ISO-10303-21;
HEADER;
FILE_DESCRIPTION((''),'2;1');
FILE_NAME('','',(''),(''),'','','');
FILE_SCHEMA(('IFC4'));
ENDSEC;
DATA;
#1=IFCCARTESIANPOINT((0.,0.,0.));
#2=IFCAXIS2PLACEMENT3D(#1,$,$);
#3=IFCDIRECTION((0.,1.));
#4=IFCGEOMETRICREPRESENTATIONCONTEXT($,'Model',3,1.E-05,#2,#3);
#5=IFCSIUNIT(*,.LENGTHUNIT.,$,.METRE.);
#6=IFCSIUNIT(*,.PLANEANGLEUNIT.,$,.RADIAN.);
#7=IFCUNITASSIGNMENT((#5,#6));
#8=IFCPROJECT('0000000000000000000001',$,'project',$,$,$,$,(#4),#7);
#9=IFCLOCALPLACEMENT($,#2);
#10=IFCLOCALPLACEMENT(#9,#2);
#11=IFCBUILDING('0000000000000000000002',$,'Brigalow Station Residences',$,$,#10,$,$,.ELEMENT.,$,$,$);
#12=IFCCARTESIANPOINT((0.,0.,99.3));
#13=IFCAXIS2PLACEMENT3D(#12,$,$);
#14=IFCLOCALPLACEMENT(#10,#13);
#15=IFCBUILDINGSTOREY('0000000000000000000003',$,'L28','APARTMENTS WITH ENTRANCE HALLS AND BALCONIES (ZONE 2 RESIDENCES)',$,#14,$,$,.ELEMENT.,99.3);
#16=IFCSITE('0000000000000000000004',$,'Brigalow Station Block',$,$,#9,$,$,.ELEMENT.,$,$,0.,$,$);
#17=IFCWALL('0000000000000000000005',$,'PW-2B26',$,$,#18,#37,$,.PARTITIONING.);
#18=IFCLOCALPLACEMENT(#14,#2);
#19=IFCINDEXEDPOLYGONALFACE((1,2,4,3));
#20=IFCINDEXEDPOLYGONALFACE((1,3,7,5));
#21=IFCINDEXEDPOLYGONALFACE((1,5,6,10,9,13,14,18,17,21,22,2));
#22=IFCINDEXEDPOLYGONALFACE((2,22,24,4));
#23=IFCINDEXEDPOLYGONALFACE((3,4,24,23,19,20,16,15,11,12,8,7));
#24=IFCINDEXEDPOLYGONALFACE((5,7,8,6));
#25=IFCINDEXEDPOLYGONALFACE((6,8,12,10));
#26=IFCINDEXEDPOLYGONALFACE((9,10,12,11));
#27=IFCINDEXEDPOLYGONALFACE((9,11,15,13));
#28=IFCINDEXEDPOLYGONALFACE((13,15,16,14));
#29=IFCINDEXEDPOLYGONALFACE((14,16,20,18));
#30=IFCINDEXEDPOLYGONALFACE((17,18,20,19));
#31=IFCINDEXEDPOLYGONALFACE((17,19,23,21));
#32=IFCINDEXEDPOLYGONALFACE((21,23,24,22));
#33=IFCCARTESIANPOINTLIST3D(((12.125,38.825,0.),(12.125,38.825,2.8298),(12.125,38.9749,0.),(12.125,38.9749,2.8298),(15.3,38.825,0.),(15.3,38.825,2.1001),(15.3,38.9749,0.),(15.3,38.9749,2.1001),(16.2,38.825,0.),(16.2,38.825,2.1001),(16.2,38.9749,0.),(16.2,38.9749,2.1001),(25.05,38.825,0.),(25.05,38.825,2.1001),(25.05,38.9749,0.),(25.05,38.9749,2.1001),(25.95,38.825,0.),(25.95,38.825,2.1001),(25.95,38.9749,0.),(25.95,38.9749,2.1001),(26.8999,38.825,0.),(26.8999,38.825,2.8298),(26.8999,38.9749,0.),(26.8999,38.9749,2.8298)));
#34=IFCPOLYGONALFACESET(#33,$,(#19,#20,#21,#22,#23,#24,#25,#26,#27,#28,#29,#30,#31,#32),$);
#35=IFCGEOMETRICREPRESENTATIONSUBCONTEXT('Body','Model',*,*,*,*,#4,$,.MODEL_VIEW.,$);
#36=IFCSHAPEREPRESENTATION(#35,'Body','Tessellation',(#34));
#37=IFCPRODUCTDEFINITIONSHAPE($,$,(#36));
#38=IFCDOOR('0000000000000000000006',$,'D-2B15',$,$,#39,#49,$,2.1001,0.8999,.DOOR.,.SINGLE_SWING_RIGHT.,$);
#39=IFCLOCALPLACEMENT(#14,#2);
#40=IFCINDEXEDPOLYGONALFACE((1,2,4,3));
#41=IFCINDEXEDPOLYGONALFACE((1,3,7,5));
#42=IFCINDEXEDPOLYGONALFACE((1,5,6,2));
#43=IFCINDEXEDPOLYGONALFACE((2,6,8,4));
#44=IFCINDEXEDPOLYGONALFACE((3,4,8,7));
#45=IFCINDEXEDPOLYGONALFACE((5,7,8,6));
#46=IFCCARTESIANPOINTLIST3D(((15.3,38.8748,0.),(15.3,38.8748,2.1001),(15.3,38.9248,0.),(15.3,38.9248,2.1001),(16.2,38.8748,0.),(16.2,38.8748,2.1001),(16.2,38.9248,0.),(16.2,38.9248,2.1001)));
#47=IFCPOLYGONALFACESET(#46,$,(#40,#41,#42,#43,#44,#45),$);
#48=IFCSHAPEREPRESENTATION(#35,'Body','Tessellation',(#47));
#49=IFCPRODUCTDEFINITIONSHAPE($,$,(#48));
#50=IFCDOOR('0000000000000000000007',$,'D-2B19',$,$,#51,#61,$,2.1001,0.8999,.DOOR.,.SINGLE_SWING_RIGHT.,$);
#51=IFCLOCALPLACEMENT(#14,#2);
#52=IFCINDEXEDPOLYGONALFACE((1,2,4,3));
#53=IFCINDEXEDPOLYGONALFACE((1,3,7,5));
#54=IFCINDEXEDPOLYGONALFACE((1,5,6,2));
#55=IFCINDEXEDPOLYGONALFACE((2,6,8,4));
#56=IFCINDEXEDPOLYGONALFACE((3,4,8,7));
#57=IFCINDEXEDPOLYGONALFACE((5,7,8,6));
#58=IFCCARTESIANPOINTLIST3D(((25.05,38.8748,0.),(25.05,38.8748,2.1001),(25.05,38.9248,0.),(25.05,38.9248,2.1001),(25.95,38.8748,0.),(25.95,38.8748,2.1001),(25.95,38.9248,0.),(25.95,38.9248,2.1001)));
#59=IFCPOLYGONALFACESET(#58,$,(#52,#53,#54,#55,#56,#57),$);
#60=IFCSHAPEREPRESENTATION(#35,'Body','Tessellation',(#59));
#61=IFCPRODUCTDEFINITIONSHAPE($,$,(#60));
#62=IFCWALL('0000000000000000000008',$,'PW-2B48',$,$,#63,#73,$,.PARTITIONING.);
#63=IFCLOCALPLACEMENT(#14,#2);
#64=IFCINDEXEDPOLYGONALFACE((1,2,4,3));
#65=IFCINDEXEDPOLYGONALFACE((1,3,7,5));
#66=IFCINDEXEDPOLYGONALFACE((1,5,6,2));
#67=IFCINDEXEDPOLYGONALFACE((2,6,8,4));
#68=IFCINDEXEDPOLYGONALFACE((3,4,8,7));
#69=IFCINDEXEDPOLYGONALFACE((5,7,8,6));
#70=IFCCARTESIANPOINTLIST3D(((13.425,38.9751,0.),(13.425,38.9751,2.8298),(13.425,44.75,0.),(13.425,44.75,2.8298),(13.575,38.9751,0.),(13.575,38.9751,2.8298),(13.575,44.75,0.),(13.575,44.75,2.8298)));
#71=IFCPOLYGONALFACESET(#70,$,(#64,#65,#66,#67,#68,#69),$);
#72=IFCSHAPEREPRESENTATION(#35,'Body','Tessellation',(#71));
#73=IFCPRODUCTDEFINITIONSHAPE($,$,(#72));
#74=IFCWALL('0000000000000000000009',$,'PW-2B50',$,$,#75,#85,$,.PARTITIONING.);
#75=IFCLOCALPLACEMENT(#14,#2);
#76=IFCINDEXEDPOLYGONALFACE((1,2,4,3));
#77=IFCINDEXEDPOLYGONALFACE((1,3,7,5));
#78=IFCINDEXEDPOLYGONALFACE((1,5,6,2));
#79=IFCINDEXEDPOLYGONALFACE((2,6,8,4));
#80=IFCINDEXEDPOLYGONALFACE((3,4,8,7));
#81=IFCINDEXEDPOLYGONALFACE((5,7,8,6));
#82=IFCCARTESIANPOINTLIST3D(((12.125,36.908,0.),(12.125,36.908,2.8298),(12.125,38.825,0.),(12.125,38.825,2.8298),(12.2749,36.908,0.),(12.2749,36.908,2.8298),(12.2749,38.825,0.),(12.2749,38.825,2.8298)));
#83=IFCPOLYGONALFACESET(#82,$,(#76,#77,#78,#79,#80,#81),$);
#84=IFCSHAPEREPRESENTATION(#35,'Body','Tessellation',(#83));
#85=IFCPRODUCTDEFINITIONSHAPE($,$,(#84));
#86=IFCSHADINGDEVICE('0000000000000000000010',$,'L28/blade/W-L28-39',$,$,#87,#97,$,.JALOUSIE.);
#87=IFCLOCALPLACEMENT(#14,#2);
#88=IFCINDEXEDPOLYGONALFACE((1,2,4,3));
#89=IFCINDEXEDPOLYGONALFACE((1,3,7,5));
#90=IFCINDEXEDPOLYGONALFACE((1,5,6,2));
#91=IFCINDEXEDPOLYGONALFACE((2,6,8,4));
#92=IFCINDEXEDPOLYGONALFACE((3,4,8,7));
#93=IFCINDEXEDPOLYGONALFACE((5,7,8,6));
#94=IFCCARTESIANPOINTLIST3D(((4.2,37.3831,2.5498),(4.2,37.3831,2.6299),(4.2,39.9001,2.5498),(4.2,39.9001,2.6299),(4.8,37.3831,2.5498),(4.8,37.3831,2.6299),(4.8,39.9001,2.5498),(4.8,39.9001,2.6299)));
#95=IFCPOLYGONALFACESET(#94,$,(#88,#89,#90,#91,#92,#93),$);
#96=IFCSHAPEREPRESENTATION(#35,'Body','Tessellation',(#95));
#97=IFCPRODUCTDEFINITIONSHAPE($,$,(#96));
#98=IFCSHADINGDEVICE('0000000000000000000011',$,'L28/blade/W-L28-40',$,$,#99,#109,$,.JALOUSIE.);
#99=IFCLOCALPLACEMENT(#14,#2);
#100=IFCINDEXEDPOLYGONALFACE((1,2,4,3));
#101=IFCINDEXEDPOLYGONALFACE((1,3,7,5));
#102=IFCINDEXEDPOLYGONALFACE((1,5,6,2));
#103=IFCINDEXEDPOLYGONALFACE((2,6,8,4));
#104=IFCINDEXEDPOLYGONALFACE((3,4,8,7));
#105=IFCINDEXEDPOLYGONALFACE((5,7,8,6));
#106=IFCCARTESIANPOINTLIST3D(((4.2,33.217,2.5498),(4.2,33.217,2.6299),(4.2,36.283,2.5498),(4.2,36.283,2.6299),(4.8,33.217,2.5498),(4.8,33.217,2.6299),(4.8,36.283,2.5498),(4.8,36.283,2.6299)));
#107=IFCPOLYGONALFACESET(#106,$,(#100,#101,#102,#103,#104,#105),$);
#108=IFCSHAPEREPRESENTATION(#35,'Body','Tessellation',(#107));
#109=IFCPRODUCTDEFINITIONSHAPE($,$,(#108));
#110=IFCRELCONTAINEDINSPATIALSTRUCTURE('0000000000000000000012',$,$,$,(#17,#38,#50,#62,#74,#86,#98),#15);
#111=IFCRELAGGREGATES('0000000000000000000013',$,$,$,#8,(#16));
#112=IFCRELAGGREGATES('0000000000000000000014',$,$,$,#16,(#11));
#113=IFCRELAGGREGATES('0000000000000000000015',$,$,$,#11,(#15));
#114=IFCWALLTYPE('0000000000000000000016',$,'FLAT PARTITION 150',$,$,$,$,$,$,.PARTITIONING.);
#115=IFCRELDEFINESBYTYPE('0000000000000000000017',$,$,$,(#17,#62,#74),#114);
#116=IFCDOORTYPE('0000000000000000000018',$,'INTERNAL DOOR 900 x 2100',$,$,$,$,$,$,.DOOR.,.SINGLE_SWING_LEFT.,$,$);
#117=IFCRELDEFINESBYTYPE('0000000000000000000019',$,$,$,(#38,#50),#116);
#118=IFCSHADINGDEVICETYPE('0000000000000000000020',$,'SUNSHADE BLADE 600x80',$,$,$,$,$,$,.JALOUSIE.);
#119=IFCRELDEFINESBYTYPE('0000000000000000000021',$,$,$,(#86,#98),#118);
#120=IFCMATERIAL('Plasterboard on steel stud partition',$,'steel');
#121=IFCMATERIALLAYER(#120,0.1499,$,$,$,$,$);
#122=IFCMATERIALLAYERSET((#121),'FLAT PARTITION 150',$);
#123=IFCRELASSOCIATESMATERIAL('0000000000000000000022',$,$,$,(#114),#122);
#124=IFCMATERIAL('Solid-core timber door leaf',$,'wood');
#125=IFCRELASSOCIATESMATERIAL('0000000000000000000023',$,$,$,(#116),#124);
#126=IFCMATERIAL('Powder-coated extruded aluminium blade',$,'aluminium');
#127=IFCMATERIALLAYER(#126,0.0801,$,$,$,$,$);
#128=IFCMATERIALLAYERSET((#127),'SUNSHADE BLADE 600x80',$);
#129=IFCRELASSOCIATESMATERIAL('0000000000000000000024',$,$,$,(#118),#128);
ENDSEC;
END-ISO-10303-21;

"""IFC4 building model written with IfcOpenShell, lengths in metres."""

from ifc_helpers import new_model, si_unit, direction, frame, frame_2d, origin, origin_2d, place, context, subcontext, project, spatial, rectangle, extrude, material, layer, layer_set, type_object, element, fill, save


model = new_model("IFC4")

# Units and contexts
model_context = context("Model", 3, precision=1e-05, world=origin(), true_north=direction((0.0, 1.0)))
body_context = subcontext(model_context, "Body", "Model", "MODEL_VIEW")
ifc_project = project(units=[si_unit("LENGTHUNIT", "METRE"), si_unit("PLANEANGLEUNIT", "RADIAN")], contexts=[model_context])

# Site, building, storey
site_placement = place(None, origin())
site = spatial("IfcSite", under=ifc_project, at=site_placement, Name="Brigalow Station Block", CompositionType="ELEMENT", RefElevation=0.0)
building_placement = place(site_placement, origin())
building = spatial("IfcBuilding", under=site, at=building_placement, Name="Brigalow Station Residences", CompositionType="ELEMENT")
storey_placement = place(building_placement, frame((0.0, 0.0, 99.3)))
storey = spatial("IfcBuildingStorey", under=building, at=storey_placement, Name="L28", Description="APARTMENTS WITH ENTRANCE HALLS AND BALCONIES (ZONE 2 RESIDENCES)", CompositionType="ELEMENT", Elevation=99.3)

# Shared definitions
ifc_material_1 = material(Name="Plasterboard on steel stud partition", Category="steel")
ifc_layer_1 = layer(ifc_material_1, 0.1499)
ifc_layer_set_1 = layer_set([ifc_layer_1], Name="FLAT PARTITION 150")
wall_type_1 = type_object("IfcWallType", Name="FLAT PARTITION 150", PredefinedType="PARTITIONING", material=ifc_layer_set_1)
ifc_material_2 = material(Name="Solid-core timber door leaf", Category="wood")
door_type = type_object("IfcDoorType", Name="INTERNAL DOOR 900 x 2100", OperationType="SINGLE_SWING_LEFT", PredefinedType="DOOR", material=ifc_material_2)

# Wall, openings, doors
wall_1_placement = place(storey_placement, frame((12.125, 38.8999, 0.0), z_axis=(0.0, 0.0, 1.0), x_axis=(1.0, 0.0, 0.0)))
wall_1 = element("IfcWall", 1, at=wall_1_placement, inside=storey, type_object=wall_type_1, Name="PW-2B26", PredefinedType="PARTITIONING", context=body_context, shape_type="SweptSolid", body=[
    extrude(rectangle(XDim=14.7749, YDim=0.1499, at=frame_2d((7.3875, 0.0))), origin(), (0.0, 0.0, 1.0), 2.8298),
])
opening_1_placement = place(wall_1_placement, frame((3.175, 0.0, 0.0)))
opening_1 = element("IfcOpeningElement", 2, at=opening_1_placement, cuts=wall_1, PredefinedType="OPENING", context=body_context, shape_type="SweptSolid", body=[
    extrude(rectangle(XDim=0.8999, YDim=2.1001, at=frame_2d((0.45, 1.05))), frame((0.0, 0.085, 0.0), z_axis=(0.0, -1.0, 0.0), x_axis=(1.0, 0.0, 0.0)), (0.0, 0.0, 1.0), 0.1699),
])
opening_2_placement = place(wall_1_placement, frame((12.925, 0.0, 0.0)))
opening_2 = element("IfcOpeningElement", 3, at=opening_2_placement, cuts=wall_1, PredefinedType="OPENING", context=body_context, shape_type="SweptSolid", body=[
    extrude(rectangle(XDim=0.8999, YDim=2.1001, at=frame_2d((0.45, 1.05))), frame((0.0, 0.085, 0.0), z_axis=(0.0, -1.0, 0.0), x_axis=(1.0, 0.0, 0.0)), (0.0, 0.0, 1.0), 0.1699),
])
door_1_placement = place(opening_1_placement, origin())
door_1 = element("IfcDoor", 4, at=door_1_placement, inside=storey, type_object=door_type, Name="D-2B15", OperationType="SINGLE_SWING_RIGHT", OverallHeight=2.1001, OverallWidth=0.8999, PredefinedType="DOOR", context=body_context, shape_type="SweptSolid", body=[
    extrude(rectangle(XDim=0.8999, YDim=2.1001, at=frame_2d((0.45, 1.05))), frame((0.0, 0.0249, 0.0), z_axis=(0.0, -1.0, 0.0), x_axis=(1.0, 0.0, 0.0)), (0.0, 0.0, 1.0), 0.05),
])
fill(opening_1, door_1)
door_2_placement = place(opening_2_placement, origin())
door_2 = element("IfcDoor", 5, at=door_2_placement, inside=storey, type_object=door_type, Name="D-2B19", OperationType="SINGLE_SWING_RIGHT", OverallHeight=2.1001, OverallWidth=0.8999, PredefinedType="DOOR", context=body_context, shape_type="SweptSolid", body=[
    extrude(rectangle(XDim=0.8999, YDim=2.1001, at=frame_2d((0.45, 1.05))), frame((0.0, 0.0249, 0.0), z_axis=(0.0, -1.0, 0.0), x_axis=(1.0, 0.0, 0.0)), (0.0, 0.0, 1.0), 0.05),
])
fill(opening_2, door_2)

# Walls
wall_2_placement = place(storey_placement, frame((13.5, 38.9751, 0.0), z_axis=(0.0, 0.0, 1.0), x_axis=(0.0, 1.0, 0.0)))
element("IfcWall", 6, at=wall_2_placement, inside=storey, type_object=wall_type_1, Name="PW-2B48", PredefinedType="PARTITIONING", context=body_context, shape_type="SweptSolid", body=[
    extrude(rectangle(XDim=5.7749, YDim=0.1499, at=frame_2d((2.8875, 0.0))), origin(), (0.0, 0.0, 1.0), 2.8298),
])
wall_3_placement = place(storey_placement, frame((12.2, 36.908, 0.0), z_axis=(0.0, 0.0, 1.0), x_axis=(0.0, 1.0, 0.0)))
element("IfcWall", 7, at=wall_3_placement, inside=storey, type_object=wall_type_1, Name="PW-2B50", PredefinedType="PARTITIONING", context=body_context, shape_type="SweptSolid", body=[
    extrude(rectangle(XDim=1.917, YDim=0.1499, at=frame_2d((0.9585, 0.0))), origin(), (0.0, 0.0, 1.0), 2.8298),
])

# Shading devices
ifc_material_3 = material(Name="Powder-coated extruded aluminium blade", Category="aluminium")
ifc_layer_2 = layer(ifc_material_3, 0.0801)
ifc_layer_set_2 = layer_set([ifc_layer_2], Name="SUNSHADE BLADE 600x80")
shading_device_type = type_object("IfcShadingDeviceType", Name="SUNSHADE BLADE 600x80", PredefinedType="JALOUSIE", material=ifc_layer_set_2)
shading_device_1_placement = place(storey_placement, frame((4.5, 38.6416, 2.5498), z_axis=(0.0, 0.0, 1.0), x_axis=(0.0, -1.0, 0.0)))
element("IfcShadingDevice", 8, at=shading_device_1_placement, inside=storey, type_object=shading_device_type, Name="L28/blade/W-L28-39", PredefinedType="JALOUSIE", context=body_context, shape_type="SweptSolid", body=[
    extrude(rectangle(XDim=2.5171, YDim=0.6001, at=origin_2d()), origin(), (0.0, 0.0, 1.0), 0.0801),
])
shading_device_2_placement = place(storey_placement, frame((4.5, 34.75, 2.5498), z_axis=(0.0, 0.0, 1.0), x_axis=(0.0, -1.0, 0.0)))
element("IfcShadingDevice", 9, at=shading_device_2_placement, inside=storey, type_object=shading_device_type, Name="L28/blade/W-L28-40", PredefinedType="JALOUSIE", context=body_context, shape_type="SweptSolid", body=[
    extrude(rectangle(XDim=3.0659, YDim=0.6001, at=origin_2d()), origin(), (0.0, 0.0, 1.0), 0.0801),
])

save(model, "model.ifc")
